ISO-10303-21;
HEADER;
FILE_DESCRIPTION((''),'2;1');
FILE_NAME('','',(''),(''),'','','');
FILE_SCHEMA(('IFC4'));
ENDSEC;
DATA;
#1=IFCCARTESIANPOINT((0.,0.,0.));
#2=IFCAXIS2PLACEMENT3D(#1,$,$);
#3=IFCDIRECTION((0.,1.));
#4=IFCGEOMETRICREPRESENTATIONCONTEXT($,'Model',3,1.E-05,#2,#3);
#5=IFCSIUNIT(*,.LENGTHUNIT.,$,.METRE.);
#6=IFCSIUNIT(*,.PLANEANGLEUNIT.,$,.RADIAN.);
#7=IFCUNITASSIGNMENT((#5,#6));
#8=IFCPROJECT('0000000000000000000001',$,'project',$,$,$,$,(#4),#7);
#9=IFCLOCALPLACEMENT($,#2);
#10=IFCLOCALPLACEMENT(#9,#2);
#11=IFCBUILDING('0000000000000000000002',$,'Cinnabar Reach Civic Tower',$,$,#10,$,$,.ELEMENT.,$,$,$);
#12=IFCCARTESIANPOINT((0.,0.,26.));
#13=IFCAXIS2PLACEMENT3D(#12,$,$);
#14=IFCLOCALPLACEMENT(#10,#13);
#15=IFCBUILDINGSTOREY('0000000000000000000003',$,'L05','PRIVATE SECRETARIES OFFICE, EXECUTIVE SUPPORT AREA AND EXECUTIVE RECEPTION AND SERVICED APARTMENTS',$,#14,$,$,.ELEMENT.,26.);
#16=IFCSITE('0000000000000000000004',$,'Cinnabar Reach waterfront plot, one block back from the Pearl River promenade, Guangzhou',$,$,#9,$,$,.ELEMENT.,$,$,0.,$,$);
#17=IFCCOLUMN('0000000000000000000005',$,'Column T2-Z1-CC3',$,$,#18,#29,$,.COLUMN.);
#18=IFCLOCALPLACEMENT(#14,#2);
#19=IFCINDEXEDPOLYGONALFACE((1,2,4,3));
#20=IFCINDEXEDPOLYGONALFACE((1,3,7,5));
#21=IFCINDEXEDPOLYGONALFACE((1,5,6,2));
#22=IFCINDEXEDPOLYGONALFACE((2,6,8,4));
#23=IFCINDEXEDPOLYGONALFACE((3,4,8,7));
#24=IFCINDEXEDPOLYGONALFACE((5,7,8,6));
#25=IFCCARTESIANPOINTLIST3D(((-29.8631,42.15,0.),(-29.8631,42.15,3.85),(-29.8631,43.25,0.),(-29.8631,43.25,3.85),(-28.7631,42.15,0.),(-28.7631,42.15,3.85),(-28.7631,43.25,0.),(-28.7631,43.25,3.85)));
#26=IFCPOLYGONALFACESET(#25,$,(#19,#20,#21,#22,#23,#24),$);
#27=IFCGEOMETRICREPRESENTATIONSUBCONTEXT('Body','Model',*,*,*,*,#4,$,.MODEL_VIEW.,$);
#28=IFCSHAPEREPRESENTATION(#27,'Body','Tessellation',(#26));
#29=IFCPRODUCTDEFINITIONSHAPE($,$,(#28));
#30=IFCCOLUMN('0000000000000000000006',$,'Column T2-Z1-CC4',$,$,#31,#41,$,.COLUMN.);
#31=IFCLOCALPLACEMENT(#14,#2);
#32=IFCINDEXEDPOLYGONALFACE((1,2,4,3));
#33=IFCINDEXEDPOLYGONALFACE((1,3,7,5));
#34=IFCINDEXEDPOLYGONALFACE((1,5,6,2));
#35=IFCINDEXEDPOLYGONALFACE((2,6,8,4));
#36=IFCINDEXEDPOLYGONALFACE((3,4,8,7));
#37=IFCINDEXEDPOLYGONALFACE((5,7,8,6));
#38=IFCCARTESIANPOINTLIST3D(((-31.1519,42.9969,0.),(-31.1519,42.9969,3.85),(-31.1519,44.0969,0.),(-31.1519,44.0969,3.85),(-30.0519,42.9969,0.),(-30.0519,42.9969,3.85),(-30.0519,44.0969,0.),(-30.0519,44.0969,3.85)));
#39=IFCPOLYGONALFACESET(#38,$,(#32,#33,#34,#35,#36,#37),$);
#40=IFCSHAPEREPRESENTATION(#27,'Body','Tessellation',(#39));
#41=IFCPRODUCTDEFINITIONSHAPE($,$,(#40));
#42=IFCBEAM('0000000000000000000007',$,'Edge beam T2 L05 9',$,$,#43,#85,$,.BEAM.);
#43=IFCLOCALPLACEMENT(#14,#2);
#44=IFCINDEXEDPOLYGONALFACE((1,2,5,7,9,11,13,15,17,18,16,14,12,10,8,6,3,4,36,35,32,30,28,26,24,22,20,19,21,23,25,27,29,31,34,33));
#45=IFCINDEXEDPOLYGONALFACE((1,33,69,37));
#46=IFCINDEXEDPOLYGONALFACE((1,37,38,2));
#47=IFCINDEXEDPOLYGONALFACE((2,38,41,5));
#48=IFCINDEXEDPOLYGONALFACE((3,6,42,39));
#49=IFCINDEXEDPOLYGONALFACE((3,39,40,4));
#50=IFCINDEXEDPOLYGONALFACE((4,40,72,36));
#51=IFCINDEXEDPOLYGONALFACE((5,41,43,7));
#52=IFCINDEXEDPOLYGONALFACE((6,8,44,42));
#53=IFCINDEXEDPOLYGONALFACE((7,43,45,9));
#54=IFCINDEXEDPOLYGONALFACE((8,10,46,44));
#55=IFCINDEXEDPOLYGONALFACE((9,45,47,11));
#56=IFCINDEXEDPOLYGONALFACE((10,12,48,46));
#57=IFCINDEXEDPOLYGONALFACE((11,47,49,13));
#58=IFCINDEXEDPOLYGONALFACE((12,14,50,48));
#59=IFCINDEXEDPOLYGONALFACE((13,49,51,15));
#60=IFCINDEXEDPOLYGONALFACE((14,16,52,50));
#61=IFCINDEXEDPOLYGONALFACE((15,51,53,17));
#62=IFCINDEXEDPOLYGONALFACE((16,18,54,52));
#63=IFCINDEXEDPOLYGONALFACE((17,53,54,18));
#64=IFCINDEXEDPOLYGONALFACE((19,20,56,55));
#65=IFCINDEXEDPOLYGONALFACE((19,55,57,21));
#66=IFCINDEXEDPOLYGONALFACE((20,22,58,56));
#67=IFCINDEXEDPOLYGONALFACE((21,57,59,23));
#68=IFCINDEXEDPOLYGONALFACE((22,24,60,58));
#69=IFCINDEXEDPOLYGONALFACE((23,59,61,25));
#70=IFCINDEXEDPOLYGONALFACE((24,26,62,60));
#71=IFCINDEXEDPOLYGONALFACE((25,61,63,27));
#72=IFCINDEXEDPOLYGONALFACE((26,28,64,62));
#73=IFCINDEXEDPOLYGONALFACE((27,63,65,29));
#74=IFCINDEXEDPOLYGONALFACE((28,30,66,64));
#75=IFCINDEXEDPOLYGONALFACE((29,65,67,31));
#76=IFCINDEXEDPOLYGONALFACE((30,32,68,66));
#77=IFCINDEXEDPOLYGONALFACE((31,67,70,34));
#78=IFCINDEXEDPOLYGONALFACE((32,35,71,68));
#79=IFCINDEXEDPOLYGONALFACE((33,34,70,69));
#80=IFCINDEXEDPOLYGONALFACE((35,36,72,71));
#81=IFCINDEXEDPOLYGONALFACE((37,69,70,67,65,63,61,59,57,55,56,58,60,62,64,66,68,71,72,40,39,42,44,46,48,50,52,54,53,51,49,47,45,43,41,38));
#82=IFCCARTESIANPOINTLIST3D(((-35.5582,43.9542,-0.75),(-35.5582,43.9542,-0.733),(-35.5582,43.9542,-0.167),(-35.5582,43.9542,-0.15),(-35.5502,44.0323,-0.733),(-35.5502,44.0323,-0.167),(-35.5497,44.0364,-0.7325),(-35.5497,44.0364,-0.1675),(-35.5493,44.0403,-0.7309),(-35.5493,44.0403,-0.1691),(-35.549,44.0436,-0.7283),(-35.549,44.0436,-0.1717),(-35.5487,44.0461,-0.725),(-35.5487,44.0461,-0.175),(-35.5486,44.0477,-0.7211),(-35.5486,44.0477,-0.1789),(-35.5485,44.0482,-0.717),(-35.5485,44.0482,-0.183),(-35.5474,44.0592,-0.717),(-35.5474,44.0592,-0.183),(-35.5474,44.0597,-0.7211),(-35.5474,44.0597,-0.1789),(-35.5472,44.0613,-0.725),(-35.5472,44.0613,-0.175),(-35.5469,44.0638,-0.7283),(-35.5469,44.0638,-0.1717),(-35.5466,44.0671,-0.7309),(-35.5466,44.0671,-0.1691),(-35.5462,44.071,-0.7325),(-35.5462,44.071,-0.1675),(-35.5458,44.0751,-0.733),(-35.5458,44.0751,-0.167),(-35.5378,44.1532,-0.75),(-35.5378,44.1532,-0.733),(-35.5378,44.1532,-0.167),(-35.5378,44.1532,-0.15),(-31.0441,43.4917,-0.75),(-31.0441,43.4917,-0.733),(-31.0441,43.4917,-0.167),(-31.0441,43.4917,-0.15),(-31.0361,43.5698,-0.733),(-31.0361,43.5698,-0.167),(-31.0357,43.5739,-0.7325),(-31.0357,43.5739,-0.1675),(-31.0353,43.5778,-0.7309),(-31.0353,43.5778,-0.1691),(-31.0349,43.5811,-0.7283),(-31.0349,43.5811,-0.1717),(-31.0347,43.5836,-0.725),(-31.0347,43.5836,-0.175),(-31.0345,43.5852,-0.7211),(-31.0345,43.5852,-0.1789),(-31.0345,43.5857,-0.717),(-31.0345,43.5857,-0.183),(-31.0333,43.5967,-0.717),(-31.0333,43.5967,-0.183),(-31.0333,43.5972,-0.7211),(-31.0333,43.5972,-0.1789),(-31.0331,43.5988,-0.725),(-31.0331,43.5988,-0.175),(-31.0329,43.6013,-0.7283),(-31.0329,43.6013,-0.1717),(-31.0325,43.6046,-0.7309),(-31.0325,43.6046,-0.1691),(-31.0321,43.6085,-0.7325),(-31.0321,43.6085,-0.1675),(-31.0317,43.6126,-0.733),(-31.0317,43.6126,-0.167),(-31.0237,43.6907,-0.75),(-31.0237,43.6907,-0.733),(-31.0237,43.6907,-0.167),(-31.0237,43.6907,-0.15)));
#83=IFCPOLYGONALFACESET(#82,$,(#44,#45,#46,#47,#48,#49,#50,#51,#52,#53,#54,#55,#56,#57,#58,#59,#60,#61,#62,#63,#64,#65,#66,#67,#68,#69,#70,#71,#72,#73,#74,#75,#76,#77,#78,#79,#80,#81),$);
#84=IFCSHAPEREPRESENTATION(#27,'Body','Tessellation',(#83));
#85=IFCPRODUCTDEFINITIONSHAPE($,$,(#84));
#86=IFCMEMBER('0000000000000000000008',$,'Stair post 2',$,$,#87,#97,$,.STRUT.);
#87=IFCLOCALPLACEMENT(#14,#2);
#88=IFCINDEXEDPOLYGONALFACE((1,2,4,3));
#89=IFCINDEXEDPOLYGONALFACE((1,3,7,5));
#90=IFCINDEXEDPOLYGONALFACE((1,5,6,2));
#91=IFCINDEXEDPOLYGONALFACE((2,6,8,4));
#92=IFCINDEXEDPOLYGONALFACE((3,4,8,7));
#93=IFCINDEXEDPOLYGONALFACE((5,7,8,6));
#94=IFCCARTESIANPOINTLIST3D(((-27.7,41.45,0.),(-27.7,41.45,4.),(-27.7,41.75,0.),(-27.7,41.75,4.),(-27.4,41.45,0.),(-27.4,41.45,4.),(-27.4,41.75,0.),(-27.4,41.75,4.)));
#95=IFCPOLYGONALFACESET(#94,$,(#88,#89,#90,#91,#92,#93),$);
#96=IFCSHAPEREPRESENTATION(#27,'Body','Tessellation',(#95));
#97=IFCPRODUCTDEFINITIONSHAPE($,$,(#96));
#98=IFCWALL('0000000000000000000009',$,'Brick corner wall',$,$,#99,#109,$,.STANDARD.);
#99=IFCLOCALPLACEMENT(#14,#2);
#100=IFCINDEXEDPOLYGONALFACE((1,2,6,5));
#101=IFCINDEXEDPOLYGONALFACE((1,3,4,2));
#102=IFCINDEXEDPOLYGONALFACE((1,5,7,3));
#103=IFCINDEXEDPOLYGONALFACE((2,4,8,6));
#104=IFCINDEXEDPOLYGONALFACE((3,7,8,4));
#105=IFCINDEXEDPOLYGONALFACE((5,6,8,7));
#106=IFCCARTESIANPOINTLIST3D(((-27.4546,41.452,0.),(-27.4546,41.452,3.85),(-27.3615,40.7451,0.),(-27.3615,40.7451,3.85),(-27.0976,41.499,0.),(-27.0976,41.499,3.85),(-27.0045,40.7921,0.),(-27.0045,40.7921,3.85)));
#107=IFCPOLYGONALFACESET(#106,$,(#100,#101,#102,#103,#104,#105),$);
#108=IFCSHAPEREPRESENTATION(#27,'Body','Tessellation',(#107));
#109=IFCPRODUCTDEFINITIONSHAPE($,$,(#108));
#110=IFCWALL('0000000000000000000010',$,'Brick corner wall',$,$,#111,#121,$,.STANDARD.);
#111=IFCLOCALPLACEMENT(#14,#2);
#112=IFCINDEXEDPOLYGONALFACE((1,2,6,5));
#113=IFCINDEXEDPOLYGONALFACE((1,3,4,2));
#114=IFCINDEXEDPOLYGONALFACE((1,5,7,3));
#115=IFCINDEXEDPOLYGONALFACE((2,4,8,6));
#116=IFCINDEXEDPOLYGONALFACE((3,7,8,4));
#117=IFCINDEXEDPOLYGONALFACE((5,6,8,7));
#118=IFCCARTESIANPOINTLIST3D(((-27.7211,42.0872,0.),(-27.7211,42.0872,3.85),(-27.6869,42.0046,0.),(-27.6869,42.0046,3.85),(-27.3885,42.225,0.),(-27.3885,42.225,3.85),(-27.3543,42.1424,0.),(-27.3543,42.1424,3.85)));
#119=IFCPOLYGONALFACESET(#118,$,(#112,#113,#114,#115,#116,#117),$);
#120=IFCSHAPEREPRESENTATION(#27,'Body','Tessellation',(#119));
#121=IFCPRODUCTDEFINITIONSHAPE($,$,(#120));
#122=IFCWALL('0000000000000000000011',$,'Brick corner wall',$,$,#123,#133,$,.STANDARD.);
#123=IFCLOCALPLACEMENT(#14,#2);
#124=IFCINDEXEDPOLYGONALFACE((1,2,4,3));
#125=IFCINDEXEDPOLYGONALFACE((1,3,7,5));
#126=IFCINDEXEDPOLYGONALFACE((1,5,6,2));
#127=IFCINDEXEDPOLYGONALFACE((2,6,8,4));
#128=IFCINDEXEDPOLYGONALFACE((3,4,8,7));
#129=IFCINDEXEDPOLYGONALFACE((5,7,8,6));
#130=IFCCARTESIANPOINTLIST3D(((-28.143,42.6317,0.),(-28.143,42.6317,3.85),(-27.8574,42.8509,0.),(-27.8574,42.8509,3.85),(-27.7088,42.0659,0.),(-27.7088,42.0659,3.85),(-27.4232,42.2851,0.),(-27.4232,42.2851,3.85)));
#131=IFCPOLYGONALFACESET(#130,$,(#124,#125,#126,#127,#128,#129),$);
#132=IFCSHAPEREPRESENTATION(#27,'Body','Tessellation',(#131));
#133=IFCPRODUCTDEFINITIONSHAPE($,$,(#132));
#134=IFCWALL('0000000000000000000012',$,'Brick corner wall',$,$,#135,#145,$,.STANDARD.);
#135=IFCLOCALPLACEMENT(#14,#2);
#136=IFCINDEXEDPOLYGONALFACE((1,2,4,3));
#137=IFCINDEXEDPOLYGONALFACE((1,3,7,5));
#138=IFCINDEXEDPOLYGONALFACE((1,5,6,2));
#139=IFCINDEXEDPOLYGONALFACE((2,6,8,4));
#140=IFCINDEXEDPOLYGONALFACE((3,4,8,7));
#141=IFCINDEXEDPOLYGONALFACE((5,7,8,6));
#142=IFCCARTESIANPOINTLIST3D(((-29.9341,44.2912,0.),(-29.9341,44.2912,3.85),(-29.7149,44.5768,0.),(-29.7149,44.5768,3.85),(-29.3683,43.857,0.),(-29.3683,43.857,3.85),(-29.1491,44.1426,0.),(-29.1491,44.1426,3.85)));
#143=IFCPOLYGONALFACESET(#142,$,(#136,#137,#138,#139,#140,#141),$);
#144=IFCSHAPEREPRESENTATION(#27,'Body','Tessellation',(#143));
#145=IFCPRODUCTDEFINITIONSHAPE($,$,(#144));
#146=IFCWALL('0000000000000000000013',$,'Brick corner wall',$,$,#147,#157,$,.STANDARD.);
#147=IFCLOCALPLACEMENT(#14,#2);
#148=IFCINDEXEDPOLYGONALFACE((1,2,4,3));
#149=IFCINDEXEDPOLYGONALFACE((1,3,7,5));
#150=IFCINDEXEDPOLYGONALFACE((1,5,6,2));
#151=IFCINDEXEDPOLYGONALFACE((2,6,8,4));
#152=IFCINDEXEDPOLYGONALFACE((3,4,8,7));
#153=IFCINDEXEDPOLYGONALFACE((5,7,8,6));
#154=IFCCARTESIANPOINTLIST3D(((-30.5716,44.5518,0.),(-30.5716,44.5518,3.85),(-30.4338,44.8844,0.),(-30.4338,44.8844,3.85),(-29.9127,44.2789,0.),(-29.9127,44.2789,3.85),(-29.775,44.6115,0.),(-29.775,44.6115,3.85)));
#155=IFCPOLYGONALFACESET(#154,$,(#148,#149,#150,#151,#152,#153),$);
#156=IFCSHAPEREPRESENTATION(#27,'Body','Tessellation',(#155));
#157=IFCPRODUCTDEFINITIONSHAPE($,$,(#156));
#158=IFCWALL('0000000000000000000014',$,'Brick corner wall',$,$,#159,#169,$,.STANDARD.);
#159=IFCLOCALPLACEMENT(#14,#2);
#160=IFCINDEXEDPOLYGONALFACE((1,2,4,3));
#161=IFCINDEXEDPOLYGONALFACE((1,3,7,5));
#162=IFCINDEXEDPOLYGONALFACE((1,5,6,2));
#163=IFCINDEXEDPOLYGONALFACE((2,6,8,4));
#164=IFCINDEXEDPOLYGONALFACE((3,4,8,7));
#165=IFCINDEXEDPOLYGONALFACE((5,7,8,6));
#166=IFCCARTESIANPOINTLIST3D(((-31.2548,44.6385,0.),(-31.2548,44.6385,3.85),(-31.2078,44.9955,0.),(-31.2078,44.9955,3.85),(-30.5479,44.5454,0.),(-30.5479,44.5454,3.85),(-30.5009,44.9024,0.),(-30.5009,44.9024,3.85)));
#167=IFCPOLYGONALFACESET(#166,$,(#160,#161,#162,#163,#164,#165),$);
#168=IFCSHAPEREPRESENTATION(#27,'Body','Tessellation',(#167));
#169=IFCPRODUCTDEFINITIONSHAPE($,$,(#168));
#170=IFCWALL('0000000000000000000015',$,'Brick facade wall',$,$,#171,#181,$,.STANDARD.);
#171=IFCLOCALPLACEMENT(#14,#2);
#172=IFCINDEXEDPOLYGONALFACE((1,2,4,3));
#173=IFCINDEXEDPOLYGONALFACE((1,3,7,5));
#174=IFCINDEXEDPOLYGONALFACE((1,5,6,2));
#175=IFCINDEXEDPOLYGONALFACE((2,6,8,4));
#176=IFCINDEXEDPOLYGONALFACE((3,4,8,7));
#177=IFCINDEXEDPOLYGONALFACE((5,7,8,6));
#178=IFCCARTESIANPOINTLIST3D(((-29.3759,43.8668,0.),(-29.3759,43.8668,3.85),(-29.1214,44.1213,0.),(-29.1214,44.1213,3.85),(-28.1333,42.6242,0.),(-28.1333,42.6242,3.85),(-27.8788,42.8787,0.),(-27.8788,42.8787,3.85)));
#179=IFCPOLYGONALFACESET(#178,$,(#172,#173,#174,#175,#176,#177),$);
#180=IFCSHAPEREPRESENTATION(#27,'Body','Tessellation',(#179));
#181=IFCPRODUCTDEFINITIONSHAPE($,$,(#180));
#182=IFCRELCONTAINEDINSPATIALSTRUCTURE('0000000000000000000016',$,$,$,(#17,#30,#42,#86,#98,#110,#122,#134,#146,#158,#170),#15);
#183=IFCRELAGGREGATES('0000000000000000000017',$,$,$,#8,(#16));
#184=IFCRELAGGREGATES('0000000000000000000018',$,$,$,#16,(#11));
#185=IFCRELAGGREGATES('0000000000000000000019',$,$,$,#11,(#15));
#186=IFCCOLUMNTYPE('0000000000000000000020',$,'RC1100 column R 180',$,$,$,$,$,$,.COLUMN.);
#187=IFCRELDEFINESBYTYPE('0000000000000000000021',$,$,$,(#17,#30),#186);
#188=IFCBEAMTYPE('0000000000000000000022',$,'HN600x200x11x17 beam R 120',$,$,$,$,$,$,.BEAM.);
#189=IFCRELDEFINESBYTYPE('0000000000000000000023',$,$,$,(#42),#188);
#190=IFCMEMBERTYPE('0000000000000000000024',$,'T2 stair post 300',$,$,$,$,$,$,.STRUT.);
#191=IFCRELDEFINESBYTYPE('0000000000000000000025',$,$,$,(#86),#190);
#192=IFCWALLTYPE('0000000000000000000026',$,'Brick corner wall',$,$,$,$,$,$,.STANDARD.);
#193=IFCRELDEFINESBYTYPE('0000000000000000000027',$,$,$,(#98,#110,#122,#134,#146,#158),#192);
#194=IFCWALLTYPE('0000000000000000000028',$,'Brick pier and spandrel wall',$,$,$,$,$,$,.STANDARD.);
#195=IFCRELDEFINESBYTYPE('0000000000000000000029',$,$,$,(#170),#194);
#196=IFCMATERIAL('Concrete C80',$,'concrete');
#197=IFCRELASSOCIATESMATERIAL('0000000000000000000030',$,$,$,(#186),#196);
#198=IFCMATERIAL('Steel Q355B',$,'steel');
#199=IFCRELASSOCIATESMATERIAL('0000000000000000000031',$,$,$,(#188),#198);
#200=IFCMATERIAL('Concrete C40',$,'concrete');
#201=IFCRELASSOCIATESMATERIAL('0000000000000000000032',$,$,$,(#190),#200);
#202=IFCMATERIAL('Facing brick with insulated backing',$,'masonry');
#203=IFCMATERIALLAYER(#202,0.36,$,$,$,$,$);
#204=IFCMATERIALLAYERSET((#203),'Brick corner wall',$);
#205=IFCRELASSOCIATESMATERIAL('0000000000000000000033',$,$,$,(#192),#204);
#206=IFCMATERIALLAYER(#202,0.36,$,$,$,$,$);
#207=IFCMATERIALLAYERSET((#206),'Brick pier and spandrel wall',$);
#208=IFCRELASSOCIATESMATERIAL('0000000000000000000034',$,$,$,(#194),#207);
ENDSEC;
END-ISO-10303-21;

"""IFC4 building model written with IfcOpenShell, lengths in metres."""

from ifc_helpers import new_model, si_unit, direction, frame, frame_2d, origin, origin_2d, place, context, subcontext, project, spatial, rectangle, i_section, extrude, material, layer, layer_set, material_profile, profile_set, type_object, element, save


model = new_model("IFC4")

# Units and contexts
model_context = context("Model", 3, precision=1e-05, world=origin(), true_north=direction((0.0, 1.0)))
body_context = subcontext(model_context, "Body", "Model", "MODEL_VIEW")
ifc_project = project(units=[si_unit("LENGTHUNIT", "METRE"), si_unit("PLANEANGLEUNIT", "RADIAN")], contexts=[model_context])

# Site, building, storey
site_placement = place(None, origin())
site = spatial("IfcSite", under=ifc_project, at=site_placement, Name="Cinnabar Reach waterfront plot, one block back from the Pearl River promenade, Guangzhou", CompositionType="ELEMENT", RefElevation=0.0)
building_placement = place(site_placement, origin())
building = spatial("IfcBuilding", under=site, at=building_placement, Name="Cinnabar Reach Civic Tower", CompositionType="ELEMENT")
storey_placement = place(building_placement, frame((0.0, 0.0, 26.0)))
storey = spatial("IfcBuildingStorey", under=building, at=storey_placement, Name="L05", Description="PRIVATE SECRETARIES OFFICE, EXECUTIVE SUPPORT AREA AND EXECUTIVE RECEPTION AND SERVICED APARTMENTS", CompositionType="ELEMENT", Elevation=26.0)

# Columns
ifc_material_1 = material(Name="Concrete C80", Category="concrete")
ifc_material_profile_1 = material_profile(ifc_material_1, rectangle(XDim=1.1, YDim=1.1, at=origin_2d()), Name="RC1100")
ifc_profile_set_1 = profile_set([ifc_material_profile_1], Name="Concrete C80")
column_type = type_object("IfcColumnType", Name="RC1100 column R 180", PredefinedType="COLUMN", material=ifc_profile_set_1)
for number, where, z_axis, x_axis, name in (
    (1, (-29.3131, 42.7, 0.0), (0.0, 0.0, 1.0), (1.0, 0.0, 0.0), "Column T2-Z1-CC3"),
    (2, (-30.6019, 43.5469, 0.0), (0.0, 0.0, 1.0), (1.0, 0.0, 0.0), "Column T2-Z1-CC4"),
):
    element("IfcColumn", number, at=place(storey_placement, frame(where, z_axis=z_axis, x_axis=x_axis)), inside=storey, type_object=column_type, Name=name, PredefinedType="COLUMN", context=body_context, shape_type="SweptSolid", body=[
        extrude(rectangle(XDim=1.1, YDim=1.1, at=origin_2d()), origin(), (0.0, 0.0, 1.0), 3.85),
    ])

# Beam
ifc_material_2 = material(Name="Steel Q355B", Category="steel")
ifc_material_profile_2 = material_profile(ifc_material_2, i_section(OverallWidth=0.2, OverallDepth=0.6, WebThickness=0.011, FlangeThickness=0.017, FilletRadius=0.016, at=origin_2d()), Name="HN600x200x11x17")
ifc_profile_set_2 = profile_set([ifc_material_profile_2], Name="Steel Q355B")
beam_type = type_object("IfcBeamType", Name="HN600x200x11x17 beam R 120", PredefinedType="BEAM", material=ifc_profile_set_2)
beam_placement = place(storey_placement, frame((-31.0339, 43.5912, -0.45), z_axis=(-0.994792, 0.101923, 0.0), x_axis=(-0.101923, -0.994792, 0.0)))
element("IfcBeam", 3, at=beam_placement, inside=storey, type_object=beam_type, Name="Edge beam T2 L05 9", PredefinedType="BEAM", context=body_context, shape_type="SweptSolid", body=[
    extrude(i_section(OverallWidth=0.2, OverallDepth=0.6, WebThickness=0.011, FlangeThickness=0.017, FilletRadius=0.016, at=origin_2d()), origin(), (0.0, 0.0, 1.0), 4.5377),
])

# Member
ifc_material_3 = material(Name="Concrete C40", Category="concrete")
ifc_material_profile_3 = material_profile(ifc_material_3, rectangle(XDim=0.3, YDim=0.3, at=origin_2d()), Name="C300")
ifc_profile_set_3 = profile_set([ifc_material_profile_3], Name="Concrete C40")
member_type = type_object("IfcMemberType", Name="T2 stair post 300", PredefinedType="STRUT", material=ifc_profile_set_3)
member_placement = place(storey_placement, frame((-27.55, 41.6, 0.0), z_axis=(0.0, 0.0, 1.0), x_axis=(1.0, 0.0, 0.0)))
element("IfcMember", 4, at=member_placement, inside=storey, type_object=member_type, Name="Stair post 2", PredefinedType="STRUT", context=body_context, shape_type="SweptSolid", body=[
    extrude(rectangle(XDim=0.3, YDim=0.3, at=origin_2d()), origin(), (0.0, 0.0, 1.0), 4.0),
])

# Walls
ifc_material_4 = material(Name="Facing brick with insulated backing", Category="masonry")
ifc_layer_1 = layer(ifc_material_4, 0.36)
ifc_layer_set_1 = layer_set([ifc_layer_1], Name="Brick corner wall")
wall_type_1 = type_object("IfcWallType", Name="Brick corner wall", PredefinedType="STANDARD", material=ifc_layer_set_1)
wall_1_placement = place(storey_placement, frame((-27.183, 40.7686, 0.0), z_axis=(0.0, 0.0, 1.0), x_axis=(-0.130556, 0.991441, 0.0)))
element("IfcWall", 5, at=wall_1_placement, inside=storey, type_object=wall_type_1, Name="Brick corner wall", PredefinedType="STANDARD", context=body_context, shape_type="SweptSolid", body=[
    extrude(rectangle(XDim=0.7131, YDim=0.36, at=frame_2d((0.3565, 0.0))), origin(), (0.0, 0.0, 1.0), 3.85),
])
wall_2_placement = place(storey_placement, frame((-27.5206, 42.0735, 0.0), z_axis=(0.0, 0.0, 1.0), x_axis=(-0.382549, 0.923935, 0.0)))
element("IfcWall", 6, at=wall_2_placement, inside=storey, type_object=wall_type_1, Name="Brick corner wall", PredefinedType="STANDARD", context=body_context, shape_type="SweptSolid", body=[
    extrude(rectangle(XDim=0.0894, YDim=0.36, at=frame_2d((0.0447, 0.0))), origin(), (0.0, 0.0, 1.0), 3.85),
])
for number, where, z_axis, x_axis, name in (
    (7, (-27.566, 42.1755, 0.0), (0.0, 0.0, 1.0), (-0.608802, 0.793322, 0.0), "Brick corner wall"),
    (8, (-29.2587, 43.9998, 0.0), (0.0, 0.0, 1.0), (-0.793322, 0.608802, 0.0), "Brick corner wall"),
):
    element("IfcWall", number, at=place(storey_placement, frame(where, z_axis=z_axis, x_axis=x_axis)), inside=storey, type_object=wall_type_1, Name=name, PredefinedType="STANDARD", context=body_context, shape_type="SweptSolid", body=[
        extrude(rectangle(XDim=0.7132, YDim=0.36, at=frame_2d((0.3566, 0.0))), origin(), (0.0, 0.0, 1.0), 3.85),
    ])
for number, where, z_axis, x_axis, name in (
    (9, (-29.8439, 44.4452, 0.0), (0.0, 0.0, 1.0), (-0.923872, 0.382703, 0.0), "Brick corner wall"),
    (10, (-30.5244, 44.7239, 0.0), (0.0, 0.0, 1.0), (-0.991441, 0.130556, 0.0), "Brick corner wall"),
):
    element("IfcWall", number, at=place(storey_placement, frame(where, z_axis=z_axis, x_axis=x_axis)), inside=storey, type_object=wall_type_1, Name=name, PredefinedType="STANDARD", context=body_context, shape_type="SweptSolid", body=[
        extrude(rectangle(XDim=0.7131, YDim=0.36, at=frame_2d((0.3565, 0.0))), origin(), (0.0, 0.0, 1.0), 3.85),
    ])
ifc_layer_2 = layer(ifc_material_4, 0.36)
ifc_layer_set_2 = layer_set([ifc_layer_2], Name="Brick pier and spandrel wall")
wall_type_2 = type_object("IfcWallType", Name="Brick pier and spandrel wall", PredefinedType="STANDARD", material=ifc_layer_set_2)
wall_3_placement = place(storey_placement, frame((-28.006, 42.7514, 0.0), z_axis=(0.0, 0.0, 1.0), x_axis=(-0.707107, 0.707107, 0.0)))
element("IfcWall", 11, at=wall_3_placement, inside=storey, type_object=wall_type_2, Name="Brick facade wall", PredefinedType="STANDARD", context=body_context, shape_type="SweptSolid", body=[
    extrude(rectangle(XDim=1.7573, YDim=0.36, at=frame_2d((0.8787, 0.0))), origin(), (0.0, 0.0, 1.0), 3.85),
])

save(model, "model.ifc")
